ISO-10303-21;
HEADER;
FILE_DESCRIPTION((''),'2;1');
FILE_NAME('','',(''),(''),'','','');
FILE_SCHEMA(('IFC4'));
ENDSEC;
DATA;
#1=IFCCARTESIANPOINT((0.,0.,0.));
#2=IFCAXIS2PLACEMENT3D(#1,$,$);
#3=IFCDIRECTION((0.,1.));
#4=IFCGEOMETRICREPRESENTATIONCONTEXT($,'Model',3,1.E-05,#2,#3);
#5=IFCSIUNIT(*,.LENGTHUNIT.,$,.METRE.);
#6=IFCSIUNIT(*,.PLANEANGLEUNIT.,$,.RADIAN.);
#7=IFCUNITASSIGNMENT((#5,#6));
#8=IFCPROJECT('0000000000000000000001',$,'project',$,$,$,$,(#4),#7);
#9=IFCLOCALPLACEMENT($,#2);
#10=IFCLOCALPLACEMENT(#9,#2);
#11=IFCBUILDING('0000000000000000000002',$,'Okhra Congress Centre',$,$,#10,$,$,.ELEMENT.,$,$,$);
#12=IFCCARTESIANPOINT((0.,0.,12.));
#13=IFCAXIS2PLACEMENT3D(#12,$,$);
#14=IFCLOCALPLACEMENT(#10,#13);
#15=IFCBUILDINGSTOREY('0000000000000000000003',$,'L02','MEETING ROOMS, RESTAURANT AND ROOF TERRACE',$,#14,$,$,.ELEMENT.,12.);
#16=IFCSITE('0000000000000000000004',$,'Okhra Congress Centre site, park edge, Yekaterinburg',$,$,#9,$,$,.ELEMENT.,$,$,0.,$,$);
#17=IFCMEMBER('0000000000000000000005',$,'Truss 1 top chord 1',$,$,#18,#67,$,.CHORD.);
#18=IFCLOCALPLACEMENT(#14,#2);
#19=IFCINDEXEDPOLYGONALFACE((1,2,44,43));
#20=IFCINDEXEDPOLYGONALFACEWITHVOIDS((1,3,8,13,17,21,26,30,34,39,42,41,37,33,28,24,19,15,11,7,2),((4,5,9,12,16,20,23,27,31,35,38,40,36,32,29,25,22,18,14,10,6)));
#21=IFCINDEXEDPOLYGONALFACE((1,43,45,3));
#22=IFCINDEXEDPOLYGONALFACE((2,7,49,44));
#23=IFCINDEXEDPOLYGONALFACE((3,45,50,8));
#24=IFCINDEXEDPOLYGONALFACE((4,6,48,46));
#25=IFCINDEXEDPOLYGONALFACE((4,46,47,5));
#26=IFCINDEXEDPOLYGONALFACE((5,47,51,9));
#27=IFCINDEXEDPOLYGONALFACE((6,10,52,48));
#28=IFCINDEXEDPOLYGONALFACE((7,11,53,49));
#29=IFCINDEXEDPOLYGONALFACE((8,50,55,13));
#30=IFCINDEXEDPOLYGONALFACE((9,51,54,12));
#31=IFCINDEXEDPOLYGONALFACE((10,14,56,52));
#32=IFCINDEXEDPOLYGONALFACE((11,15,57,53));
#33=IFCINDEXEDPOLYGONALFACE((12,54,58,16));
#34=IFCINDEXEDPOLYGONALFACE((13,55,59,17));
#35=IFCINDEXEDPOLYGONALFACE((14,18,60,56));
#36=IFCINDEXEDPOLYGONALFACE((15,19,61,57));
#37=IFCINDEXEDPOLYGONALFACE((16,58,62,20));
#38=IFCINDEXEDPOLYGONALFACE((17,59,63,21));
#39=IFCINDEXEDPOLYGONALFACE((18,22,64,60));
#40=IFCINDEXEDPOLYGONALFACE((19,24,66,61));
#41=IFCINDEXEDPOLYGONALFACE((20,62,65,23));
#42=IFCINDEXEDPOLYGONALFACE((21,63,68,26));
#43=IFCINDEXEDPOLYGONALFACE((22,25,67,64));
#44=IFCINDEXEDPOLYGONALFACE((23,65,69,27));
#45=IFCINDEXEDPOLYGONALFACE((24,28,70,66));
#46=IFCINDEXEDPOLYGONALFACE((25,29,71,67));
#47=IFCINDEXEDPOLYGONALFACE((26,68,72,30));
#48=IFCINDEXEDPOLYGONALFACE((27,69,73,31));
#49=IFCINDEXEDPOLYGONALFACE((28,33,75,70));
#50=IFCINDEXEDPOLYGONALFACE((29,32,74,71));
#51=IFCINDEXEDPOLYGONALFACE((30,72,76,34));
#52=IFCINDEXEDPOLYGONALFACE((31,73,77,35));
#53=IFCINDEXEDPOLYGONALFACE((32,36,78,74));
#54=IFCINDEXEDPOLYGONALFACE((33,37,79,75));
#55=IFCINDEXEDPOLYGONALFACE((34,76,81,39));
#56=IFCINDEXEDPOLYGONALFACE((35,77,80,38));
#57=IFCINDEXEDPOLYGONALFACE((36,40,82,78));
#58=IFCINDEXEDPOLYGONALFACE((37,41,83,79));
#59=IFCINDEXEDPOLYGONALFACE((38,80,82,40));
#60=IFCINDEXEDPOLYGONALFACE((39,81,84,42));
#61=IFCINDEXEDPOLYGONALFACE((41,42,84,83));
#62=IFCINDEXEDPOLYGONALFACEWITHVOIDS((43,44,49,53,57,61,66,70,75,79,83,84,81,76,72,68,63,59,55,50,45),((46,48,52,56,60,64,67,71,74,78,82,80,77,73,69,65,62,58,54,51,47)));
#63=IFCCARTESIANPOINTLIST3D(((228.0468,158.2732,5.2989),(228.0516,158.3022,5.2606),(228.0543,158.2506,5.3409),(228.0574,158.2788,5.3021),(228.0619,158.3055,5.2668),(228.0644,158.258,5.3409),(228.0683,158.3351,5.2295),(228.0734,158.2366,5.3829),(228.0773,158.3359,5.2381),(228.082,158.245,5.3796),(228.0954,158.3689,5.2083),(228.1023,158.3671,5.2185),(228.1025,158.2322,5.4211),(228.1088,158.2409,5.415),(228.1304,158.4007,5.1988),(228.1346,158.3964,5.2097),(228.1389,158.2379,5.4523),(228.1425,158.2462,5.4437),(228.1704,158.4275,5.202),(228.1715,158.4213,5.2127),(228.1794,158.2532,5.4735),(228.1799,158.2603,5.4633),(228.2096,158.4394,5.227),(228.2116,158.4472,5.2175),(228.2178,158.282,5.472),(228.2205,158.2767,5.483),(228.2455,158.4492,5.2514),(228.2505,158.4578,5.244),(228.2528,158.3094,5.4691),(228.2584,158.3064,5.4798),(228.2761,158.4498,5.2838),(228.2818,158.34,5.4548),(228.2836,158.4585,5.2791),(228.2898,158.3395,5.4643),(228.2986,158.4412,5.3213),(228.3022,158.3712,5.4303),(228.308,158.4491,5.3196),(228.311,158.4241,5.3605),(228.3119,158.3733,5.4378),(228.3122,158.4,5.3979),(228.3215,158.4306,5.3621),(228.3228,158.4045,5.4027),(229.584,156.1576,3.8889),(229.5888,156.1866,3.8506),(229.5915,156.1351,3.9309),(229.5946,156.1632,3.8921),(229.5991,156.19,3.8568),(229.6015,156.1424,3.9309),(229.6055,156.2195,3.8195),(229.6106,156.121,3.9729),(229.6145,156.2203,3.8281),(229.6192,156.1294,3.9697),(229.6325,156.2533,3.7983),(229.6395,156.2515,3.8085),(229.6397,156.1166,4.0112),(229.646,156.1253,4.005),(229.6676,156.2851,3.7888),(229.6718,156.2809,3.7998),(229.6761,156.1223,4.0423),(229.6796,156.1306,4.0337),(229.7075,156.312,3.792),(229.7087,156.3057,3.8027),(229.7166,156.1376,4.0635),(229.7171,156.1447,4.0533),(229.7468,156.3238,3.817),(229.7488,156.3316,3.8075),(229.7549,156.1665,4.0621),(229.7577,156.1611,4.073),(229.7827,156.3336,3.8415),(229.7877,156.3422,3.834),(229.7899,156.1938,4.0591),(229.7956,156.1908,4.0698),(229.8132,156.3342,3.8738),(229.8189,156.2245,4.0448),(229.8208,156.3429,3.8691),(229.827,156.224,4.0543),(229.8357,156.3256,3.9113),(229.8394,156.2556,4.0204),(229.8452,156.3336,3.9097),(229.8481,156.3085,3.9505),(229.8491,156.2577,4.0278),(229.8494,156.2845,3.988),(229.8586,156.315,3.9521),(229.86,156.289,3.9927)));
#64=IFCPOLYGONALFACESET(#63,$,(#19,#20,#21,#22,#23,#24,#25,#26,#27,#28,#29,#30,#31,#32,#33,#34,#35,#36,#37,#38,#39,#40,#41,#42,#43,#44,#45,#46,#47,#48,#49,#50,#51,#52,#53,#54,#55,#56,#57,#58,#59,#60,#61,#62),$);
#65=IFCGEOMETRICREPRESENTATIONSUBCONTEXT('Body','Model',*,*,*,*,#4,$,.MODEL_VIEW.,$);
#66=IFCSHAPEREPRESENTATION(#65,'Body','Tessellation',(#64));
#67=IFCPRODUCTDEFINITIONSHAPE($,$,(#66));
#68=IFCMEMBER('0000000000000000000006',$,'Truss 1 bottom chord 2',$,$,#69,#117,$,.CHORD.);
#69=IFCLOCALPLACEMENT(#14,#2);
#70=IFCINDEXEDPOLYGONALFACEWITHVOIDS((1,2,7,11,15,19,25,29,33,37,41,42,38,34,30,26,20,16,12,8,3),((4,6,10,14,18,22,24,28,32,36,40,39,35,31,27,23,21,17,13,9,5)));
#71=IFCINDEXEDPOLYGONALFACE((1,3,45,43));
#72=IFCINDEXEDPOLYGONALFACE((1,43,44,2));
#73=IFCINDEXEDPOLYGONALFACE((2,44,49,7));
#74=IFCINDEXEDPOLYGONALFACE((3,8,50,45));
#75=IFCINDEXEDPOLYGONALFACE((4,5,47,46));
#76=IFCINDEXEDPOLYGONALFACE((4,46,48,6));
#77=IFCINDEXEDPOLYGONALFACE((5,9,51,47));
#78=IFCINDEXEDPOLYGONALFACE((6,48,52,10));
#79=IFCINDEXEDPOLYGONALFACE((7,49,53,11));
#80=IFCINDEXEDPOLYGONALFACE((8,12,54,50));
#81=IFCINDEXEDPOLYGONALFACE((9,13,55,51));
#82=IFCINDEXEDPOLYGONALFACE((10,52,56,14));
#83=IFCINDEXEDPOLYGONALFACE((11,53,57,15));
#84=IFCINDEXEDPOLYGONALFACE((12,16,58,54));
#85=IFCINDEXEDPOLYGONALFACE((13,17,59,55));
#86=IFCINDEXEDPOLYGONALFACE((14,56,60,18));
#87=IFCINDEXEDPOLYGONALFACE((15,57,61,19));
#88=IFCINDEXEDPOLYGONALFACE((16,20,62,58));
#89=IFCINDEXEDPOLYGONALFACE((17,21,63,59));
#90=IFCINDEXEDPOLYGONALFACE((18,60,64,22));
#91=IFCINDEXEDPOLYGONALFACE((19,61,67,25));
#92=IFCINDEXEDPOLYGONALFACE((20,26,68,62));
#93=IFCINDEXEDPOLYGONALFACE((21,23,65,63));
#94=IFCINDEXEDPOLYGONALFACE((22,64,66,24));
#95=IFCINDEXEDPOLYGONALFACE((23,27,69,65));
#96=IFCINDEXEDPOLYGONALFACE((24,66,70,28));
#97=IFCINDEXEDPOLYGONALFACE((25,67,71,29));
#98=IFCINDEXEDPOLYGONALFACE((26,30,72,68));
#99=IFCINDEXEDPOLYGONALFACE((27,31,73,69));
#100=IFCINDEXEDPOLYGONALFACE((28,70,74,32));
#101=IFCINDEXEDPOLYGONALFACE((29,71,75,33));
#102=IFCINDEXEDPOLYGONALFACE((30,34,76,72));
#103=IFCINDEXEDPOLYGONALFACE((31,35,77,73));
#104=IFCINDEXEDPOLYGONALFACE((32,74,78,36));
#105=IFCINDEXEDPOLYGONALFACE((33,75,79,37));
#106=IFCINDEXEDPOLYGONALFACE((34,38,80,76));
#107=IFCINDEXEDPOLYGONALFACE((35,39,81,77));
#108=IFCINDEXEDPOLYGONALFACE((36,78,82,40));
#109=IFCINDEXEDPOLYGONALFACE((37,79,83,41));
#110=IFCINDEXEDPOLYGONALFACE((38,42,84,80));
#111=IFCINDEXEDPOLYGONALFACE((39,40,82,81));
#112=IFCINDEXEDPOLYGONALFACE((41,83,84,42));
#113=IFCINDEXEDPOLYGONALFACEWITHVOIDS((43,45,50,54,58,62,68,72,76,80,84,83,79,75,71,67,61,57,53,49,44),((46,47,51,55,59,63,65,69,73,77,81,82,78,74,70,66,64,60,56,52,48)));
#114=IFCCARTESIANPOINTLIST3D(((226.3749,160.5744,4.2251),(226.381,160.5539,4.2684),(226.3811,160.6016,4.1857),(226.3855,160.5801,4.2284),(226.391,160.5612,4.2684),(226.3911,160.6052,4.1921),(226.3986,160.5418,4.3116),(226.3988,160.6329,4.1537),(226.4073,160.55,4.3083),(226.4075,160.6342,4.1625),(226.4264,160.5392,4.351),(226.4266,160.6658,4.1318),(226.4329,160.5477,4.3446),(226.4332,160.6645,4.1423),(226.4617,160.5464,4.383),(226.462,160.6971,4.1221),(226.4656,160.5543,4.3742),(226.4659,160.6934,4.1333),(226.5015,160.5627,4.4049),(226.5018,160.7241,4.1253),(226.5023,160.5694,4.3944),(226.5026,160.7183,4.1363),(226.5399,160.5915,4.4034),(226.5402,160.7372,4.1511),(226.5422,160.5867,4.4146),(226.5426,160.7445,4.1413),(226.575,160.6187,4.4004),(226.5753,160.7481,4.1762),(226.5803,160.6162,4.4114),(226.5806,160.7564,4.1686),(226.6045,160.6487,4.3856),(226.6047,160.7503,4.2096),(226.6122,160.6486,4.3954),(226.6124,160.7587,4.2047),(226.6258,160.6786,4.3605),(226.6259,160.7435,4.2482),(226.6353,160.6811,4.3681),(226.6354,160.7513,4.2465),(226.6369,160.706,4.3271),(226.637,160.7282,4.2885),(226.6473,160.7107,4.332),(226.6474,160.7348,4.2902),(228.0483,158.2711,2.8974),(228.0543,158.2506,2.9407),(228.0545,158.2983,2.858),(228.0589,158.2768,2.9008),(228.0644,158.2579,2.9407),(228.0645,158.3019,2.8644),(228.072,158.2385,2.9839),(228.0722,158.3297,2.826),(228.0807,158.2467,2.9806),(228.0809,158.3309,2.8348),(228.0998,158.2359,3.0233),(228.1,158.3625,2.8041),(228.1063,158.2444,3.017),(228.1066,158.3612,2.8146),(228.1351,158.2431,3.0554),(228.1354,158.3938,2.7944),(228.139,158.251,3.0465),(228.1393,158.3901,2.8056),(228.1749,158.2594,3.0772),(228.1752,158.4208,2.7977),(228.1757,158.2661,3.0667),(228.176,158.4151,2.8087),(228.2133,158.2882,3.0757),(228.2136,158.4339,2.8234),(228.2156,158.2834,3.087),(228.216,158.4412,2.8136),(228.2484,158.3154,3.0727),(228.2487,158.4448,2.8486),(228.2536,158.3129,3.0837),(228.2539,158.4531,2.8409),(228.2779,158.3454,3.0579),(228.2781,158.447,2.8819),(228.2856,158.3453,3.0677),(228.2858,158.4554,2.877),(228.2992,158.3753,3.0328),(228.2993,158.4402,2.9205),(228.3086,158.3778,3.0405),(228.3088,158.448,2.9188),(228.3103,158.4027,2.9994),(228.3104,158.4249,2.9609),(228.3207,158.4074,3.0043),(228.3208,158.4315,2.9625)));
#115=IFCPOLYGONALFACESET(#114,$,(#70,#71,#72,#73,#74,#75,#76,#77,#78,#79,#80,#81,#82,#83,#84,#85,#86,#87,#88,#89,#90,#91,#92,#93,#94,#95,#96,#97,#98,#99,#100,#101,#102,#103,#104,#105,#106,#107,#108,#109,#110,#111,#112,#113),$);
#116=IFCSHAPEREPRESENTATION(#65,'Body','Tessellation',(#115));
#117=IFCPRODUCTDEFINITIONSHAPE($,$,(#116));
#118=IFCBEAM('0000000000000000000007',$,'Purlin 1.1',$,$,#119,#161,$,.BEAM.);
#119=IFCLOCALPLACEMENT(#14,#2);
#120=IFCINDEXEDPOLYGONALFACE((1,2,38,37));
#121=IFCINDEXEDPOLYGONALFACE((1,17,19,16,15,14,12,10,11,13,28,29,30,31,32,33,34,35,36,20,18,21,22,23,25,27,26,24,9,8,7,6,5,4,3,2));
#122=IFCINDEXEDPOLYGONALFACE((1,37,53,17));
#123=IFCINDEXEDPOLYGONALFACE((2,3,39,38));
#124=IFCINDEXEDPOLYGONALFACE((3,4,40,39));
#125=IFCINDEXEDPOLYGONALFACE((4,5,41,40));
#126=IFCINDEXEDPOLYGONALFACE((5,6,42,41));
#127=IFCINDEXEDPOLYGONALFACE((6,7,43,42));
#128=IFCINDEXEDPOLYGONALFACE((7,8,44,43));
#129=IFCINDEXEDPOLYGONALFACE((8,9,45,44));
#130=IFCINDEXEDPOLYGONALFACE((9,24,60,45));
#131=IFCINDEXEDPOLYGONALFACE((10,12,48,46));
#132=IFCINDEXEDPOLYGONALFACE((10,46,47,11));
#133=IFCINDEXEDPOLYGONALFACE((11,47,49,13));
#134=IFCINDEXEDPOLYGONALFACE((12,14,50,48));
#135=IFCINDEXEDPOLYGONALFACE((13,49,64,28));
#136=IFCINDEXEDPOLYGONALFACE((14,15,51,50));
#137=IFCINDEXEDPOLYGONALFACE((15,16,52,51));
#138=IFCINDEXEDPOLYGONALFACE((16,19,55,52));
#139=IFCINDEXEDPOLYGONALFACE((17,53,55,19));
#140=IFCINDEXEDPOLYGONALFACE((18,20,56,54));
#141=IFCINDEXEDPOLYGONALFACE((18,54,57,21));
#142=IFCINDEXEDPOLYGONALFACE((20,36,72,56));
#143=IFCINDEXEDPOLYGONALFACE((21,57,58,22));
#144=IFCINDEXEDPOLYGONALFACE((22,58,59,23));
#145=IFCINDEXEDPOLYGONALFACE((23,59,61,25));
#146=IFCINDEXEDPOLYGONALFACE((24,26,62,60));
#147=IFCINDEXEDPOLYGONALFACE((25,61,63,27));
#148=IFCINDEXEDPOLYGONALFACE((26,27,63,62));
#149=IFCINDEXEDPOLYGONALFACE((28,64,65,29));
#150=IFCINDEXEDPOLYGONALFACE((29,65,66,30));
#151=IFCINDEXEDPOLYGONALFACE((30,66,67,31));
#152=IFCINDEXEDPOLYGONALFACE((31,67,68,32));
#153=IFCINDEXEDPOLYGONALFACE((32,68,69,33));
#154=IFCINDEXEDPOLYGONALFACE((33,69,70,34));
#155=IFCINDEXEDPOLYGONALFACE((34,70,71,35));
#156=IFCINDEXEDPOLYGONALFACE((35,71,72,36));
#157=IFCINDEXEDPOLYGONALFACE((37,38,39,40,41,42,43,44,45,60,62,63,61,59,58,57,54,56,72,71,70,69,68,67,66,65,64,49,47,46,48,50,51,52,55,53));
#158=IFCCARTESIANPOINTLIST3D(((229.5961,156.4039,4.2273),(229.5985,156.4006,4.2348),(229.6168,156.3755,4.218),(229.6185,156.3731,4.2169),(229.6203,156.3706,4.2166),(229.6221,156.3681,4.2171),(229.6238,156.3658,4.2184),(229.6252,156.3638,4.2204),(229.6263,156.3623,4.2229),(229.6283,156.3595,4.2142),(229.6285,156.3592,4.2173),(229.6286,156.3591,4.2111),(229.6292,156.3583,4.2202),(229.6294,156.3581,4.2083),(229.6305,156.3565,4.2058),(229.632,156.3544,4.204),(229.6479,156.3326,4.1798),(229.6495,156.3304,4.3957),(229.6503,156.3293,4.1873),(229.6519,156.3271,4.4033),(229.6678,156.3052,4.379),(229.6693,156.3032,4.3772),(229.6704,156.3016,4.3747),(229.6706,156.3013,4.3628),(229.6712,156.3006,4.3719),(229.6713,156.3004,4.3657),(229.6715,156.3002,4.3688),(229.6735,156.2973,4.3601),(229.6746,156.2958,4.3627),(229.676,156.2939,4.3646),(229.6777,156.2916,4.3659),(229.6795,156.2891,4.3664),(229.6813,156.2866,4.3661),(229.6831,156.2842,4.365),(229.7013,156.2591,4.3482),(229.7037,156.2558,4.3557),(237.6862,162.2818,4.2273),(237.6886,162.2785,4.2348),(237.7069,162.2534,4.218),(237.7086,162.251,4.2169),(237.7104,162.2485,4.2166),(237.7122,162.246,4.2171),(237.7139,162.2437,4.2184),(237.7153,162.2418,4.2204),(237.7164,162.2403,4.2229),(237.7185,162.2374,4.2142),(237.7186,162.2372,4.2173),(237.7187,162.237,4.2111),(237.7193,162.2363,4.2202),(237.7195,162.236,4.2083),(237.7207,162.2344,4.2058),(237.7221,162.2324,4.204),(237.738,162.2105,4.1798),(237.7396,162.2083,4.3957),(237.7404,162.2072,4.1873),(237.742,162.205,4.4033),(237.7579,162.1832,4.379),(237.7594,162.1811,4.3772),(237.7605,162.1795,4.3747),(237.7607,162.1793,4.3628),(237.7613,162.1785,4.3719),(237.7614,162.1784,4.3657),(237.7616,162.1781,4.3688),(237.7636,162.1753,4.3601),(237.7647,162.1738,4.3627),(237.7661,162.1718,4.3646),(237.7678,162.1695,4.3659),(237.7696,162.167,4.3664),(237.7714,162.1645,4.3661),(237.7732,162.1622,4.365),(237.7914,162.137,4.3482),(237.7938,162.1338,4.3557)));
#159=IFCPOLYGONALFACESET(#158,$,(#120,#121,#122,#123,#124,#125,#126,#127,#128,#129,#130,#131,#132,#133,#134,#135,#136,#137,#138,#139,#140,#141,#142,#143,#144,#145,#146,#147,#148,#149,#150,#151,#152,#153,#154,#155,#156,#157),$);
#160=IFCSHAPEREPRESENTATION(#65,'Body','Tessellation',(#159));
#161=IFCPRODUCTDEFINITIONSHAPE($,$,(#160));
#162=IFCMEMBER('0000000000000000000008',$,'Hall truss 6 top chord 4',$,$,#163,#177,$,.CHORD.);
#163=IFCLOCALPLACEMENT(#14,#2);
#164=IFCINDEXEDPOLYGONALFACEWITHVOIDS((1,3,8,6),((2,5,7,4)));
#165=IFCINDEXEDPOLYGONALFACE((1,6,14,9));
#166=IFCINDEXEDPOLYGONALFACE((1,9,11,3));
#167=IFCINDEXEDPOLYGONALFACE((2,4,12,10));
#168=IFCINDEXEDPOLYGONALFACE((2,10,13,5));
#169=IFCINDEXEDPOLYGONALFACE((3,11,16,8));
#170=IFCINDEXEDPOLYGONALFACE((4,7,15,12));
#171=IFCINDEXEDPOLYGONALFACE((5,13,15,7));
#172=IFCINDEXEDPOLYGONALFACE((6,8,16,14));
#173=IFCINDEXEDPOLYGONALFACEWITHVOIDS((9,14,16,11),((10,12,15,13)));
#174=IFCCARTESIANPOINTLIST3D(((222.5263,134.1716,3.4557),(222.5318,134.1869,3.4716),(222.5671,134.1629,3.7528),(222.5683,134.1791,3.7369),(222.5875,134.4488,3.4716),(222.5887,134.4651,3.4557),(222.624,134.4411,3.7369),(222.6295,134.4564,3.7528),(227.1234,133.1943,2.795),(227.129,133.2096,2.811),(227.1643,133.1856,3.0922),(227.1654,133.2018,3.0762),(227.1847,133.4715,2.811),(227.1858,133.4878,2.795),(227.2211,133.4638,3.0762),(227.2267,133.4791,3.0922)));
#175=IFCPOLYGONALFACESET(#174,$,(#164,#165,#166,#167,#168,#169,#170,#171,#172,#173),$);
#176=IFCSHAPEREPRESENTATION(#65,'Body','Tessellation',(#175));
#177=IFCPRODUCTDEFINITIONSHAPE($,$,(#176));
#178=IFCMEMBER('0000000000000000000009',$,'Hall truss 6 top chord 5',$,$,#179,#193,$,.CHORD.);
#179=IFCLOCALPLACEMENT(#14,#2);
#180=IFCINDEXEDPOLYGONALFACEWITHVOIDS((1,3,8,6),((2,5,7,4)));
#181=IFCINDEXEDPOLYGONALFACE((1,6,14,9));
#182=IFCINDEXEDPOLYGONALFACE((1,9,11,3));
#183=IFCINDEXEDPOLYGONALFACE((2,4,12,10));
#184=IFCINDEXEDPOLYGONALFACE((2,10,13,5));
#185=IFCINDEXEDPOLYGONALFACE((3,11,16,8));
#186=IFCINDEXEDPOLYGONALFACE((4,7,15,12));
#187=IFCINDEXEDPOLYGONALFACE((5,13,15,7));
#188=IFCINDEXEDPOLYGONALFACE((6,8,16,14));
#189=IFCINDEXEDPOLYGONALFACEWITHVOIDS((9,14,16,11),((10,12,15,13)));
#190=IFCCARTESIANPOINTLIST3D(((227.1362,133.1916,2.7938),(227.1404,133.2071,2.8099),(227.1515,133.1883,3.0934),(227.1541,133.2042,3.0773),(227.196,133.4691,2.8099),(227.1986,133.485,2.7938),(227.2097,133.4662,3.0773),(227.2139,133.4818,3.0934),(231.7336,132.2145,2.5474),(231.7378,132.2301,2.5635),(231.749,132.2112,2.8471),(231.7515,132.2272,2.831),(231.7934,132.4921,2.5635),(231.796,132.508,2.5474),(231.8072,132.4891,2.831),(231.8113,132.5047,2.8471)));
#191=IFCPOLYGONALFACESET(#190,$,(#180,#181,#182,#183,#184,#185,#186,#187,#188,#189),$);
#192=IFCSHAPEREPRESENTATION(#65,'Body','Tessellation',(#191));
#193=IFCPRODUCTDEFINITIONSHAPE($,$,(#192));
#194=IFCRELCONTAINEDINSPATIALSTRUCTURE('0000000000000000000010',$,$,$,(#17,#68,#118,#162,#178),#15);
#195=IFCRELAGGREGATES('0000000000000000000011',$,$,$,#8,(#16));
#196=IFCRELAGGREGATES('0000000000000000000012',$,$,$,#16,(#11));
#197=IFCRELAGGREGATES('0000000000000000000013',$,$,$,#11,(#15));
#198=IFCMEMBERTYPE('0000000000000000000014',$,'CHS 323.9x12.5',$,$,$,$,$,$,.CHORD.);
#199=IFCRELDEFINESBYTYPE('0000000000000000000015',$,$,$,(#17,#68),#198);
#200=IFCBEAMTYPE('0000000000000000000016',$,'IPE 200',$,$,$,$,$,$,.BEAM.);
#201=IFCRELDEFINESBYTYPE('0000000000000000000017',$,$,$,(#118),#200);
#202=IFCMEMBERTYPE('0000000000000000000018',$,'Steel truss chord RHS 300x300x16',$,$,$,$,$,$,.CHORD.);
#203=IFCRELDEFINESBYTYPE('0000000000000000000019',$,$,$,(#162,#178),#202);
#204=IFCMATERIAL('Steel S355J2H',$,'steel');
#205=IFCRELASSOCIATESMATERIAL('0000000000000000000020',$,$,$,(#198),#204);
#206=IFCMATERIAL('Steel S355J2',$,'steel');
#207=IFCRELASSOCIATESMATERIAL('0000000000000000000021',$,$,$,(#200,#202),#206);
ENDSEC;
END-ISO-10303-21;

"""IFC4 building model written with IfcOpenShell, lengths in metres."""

from ifc_helpers import new_model, si_unit, direction, frame, origin, origin_2d, place, context, subcontext, project, spatial, hollow_rectangle, hollow_circle, i_section, extrude, material, material_profile, profile_set, type_object, element, save


model = new_model("IFC4")

# Units and contexts
model_context = context("Model", 3, precision=1e-05, world=origin(), true_north=direction((0.0, 1.0)))
body_context = subcontext(model_context, "Body", "Model", "MODEL_VIEW")
ifc_project = project(units=[si_unit("LENGTHUNIT", "METRE"), si_unit("PLANEANGLEUNIT", "RADIAN")], contexts=[model_context])

# Site, building, storey
site_placement = place(None, origin())
site = spatial("IfcSite", under=ifc_project, at=site_placement, Name="Okhra Congress Centre site, park edge, Yekaterinburg", CompositionType="ELEMENT", RefElevation=0.0)
building_placement = place(site_placement, origin())
building = spatial("IfcBuilding", under=site, at=building_placement, Name="Okhra Congress Centre", CompositionType="ELEMENT")
storey_placement = place(building_placement, frame((0.0, 0.0, 12.0)))
storey = spatial("IfcBuildingStorey", under=building, at=storey_placement, Name="L02", Description="MEETING ROOMS, RESTAURANT AND ROOF TERRACE", CompositionType="ELEMENT", Elevation=12.0)

# Shared definitions
ifc_material_1 = material(Name="Steel S355J2H", Category="steel")

# Members
ifc_material_profile_1 = material_profile(ifc_material_1, hollow_circle(Radius=0.1619, WallThickness=0.0125, at=origin_2d()), Name="CHS 323.9x12.5")
ifc_profile_set_1 = profile_set([ifc_material_profile_1], Name="Steel S355J2H")
member_type_1 = type_object("IfcMemberType", Name="CHS 323.9x12.5", PredefinedType="CHORD", material=ifc_profile_set_1)
for number, where, z_axis, x_axis, name in (
    (1, (229.7224, 156.2302, 3.9309), (-0.517401, 0.712084, 0.474586), (-0.808994, -0.587816, 0.0), "Truss 1 top chord 1"),
):
    element("IfcMember", number, at=place(storey_placement, frame(where, z_axis=z_axis, x_axis=x_axis)), inside=storey, type_object=member_type_1, Name=name, PredefinedType="CHORD", context=body_context, shape_type="SweptSolid", body=[
        extrude(hollow_circle(Radius=0.1619, WallThickness=0.0125, at=origin_2d()), origin(), (0.0, 0.0, 1.0), 2.9709),
    ])
member_1_placement = place(storey_placement, frame((228.1853, 158.3457, 2.9407), z_axis=(-0.532697, 0.733216, 0.422645), x_axis=(-0.809025, -0.587774, 0.0)))
element("IfcMember", 2, at=member_1_placement, inside=storey, type_object=member_type_1, Name="Truss 1 bottom chord 2", PredefinedType="CHORD", context=body_context, shape_type="SweptSolid", body=[
    extrude(hollow_circle(Radius=0.1619, WallThickness=0.0125, at=origin_2d()), origin(), (0.0, 0.0, 1.0), 3.1414),
])

# Beam
ifc_material_2 = material(Name="Steel S355J2", Category="steel")
ifc_material_profile_2 = material_profile(ifc_material_2, i_section(OverallWidth=0.1001, OverallDepth=0.2, WebThickness=0.0056, FlangeThickness=0.0085, FilletRadius=0.012, at=origin_2d()), Name="IPE 200")
ifc_profile_set_2 = profile_set([ifc_material_profile_2], Name="Steel S355J2")
beam_type = type_object("IfcBeamType", Name="IPE 200", PredefinedType="BEAM", material=ifc_profile_set_2)
beam_placement = place(storey_placement, frame((229.6499, 156.3298, 4.2915), z_axis=(0.80901, 0.587794, 0.0), x_axis=(-0.517377, 0.712092, 0.4746)))
element("IfcBeam", 3, at=beam_placement, inside=storey, type_object=beam_type, Name="Purlin 1.1", PredefinedType="BEAM", context=body_context, shape_type="SweptSolid", body=[
    extrude(i_section(OverallWidth=0.1001, OverallDepth=0.2, WebThickness=0.0056, FlangeThickness=0.0085, FilletRadius=0.012, at=origin_2d()), origin(), (0.0, 0.0, 1.0), 10.0),
])

# Members
ifc_material_profile_3 = material_profile(ifc_material_2, hollow_rectangle(XDim=0.3, YDim=0.3, WallThickness=0.0161, at=origin_2d()), Name="RHS 300x300x16")
ifc_profile_set_3 = profile_set([ifc_material_profile_3], Name="Steel S355J2")
member_type_2 = type_object("IfcMemberType", Name="Steel truss chord RHS 300x300x16", PredefinedType="CHORD", material=ifc_profile_set_3)
member_2_placement = place(storey_placement, frame((222.5779, 134.314, 3.6042), z_axis=(0.968619, -0.205915, -0.139197), x_axis=(0.20794, 0.978142, 0.0)))
element("IfcMember", 4, at=member_2_placement, inside=storey, type_object=member_type_2, Name="Hall truss 6 top chord 4", PredefinedType="CHORD", context=body_context, shape_type="SweptSolid", body=[
    extrude(hollow_rectangle(XDim=0.3, YDim=0.3, WallThickness=0.0161, at=origin_2d()), origin(), (0.0, 0.0, 1.0), 4.7461),
])
member_3_placement = place(storey_placement, frame((227.175, 133.3367, 2.9436), z_axis=(0.976814, -0.207594, -0.052339), x_axis=(0.207879, 0.978154, 0.0)))
element("IfcMember", 5, at=member_3_placement, inside=storey, type_object=member_type_2, Name="Hall truss 6 top chord 5", PredefinedType="CHORD", context=body_context, shape_type="SweptSolid", body=[
    extrude(hollow_rectangle(XDim=0.3, YDim=0.3, WallThickness=0.0161, at=origin_2d()), origin(), (0.0, 0.0, 1.0), 4.7065),
])

save(model, "model.ifc")
